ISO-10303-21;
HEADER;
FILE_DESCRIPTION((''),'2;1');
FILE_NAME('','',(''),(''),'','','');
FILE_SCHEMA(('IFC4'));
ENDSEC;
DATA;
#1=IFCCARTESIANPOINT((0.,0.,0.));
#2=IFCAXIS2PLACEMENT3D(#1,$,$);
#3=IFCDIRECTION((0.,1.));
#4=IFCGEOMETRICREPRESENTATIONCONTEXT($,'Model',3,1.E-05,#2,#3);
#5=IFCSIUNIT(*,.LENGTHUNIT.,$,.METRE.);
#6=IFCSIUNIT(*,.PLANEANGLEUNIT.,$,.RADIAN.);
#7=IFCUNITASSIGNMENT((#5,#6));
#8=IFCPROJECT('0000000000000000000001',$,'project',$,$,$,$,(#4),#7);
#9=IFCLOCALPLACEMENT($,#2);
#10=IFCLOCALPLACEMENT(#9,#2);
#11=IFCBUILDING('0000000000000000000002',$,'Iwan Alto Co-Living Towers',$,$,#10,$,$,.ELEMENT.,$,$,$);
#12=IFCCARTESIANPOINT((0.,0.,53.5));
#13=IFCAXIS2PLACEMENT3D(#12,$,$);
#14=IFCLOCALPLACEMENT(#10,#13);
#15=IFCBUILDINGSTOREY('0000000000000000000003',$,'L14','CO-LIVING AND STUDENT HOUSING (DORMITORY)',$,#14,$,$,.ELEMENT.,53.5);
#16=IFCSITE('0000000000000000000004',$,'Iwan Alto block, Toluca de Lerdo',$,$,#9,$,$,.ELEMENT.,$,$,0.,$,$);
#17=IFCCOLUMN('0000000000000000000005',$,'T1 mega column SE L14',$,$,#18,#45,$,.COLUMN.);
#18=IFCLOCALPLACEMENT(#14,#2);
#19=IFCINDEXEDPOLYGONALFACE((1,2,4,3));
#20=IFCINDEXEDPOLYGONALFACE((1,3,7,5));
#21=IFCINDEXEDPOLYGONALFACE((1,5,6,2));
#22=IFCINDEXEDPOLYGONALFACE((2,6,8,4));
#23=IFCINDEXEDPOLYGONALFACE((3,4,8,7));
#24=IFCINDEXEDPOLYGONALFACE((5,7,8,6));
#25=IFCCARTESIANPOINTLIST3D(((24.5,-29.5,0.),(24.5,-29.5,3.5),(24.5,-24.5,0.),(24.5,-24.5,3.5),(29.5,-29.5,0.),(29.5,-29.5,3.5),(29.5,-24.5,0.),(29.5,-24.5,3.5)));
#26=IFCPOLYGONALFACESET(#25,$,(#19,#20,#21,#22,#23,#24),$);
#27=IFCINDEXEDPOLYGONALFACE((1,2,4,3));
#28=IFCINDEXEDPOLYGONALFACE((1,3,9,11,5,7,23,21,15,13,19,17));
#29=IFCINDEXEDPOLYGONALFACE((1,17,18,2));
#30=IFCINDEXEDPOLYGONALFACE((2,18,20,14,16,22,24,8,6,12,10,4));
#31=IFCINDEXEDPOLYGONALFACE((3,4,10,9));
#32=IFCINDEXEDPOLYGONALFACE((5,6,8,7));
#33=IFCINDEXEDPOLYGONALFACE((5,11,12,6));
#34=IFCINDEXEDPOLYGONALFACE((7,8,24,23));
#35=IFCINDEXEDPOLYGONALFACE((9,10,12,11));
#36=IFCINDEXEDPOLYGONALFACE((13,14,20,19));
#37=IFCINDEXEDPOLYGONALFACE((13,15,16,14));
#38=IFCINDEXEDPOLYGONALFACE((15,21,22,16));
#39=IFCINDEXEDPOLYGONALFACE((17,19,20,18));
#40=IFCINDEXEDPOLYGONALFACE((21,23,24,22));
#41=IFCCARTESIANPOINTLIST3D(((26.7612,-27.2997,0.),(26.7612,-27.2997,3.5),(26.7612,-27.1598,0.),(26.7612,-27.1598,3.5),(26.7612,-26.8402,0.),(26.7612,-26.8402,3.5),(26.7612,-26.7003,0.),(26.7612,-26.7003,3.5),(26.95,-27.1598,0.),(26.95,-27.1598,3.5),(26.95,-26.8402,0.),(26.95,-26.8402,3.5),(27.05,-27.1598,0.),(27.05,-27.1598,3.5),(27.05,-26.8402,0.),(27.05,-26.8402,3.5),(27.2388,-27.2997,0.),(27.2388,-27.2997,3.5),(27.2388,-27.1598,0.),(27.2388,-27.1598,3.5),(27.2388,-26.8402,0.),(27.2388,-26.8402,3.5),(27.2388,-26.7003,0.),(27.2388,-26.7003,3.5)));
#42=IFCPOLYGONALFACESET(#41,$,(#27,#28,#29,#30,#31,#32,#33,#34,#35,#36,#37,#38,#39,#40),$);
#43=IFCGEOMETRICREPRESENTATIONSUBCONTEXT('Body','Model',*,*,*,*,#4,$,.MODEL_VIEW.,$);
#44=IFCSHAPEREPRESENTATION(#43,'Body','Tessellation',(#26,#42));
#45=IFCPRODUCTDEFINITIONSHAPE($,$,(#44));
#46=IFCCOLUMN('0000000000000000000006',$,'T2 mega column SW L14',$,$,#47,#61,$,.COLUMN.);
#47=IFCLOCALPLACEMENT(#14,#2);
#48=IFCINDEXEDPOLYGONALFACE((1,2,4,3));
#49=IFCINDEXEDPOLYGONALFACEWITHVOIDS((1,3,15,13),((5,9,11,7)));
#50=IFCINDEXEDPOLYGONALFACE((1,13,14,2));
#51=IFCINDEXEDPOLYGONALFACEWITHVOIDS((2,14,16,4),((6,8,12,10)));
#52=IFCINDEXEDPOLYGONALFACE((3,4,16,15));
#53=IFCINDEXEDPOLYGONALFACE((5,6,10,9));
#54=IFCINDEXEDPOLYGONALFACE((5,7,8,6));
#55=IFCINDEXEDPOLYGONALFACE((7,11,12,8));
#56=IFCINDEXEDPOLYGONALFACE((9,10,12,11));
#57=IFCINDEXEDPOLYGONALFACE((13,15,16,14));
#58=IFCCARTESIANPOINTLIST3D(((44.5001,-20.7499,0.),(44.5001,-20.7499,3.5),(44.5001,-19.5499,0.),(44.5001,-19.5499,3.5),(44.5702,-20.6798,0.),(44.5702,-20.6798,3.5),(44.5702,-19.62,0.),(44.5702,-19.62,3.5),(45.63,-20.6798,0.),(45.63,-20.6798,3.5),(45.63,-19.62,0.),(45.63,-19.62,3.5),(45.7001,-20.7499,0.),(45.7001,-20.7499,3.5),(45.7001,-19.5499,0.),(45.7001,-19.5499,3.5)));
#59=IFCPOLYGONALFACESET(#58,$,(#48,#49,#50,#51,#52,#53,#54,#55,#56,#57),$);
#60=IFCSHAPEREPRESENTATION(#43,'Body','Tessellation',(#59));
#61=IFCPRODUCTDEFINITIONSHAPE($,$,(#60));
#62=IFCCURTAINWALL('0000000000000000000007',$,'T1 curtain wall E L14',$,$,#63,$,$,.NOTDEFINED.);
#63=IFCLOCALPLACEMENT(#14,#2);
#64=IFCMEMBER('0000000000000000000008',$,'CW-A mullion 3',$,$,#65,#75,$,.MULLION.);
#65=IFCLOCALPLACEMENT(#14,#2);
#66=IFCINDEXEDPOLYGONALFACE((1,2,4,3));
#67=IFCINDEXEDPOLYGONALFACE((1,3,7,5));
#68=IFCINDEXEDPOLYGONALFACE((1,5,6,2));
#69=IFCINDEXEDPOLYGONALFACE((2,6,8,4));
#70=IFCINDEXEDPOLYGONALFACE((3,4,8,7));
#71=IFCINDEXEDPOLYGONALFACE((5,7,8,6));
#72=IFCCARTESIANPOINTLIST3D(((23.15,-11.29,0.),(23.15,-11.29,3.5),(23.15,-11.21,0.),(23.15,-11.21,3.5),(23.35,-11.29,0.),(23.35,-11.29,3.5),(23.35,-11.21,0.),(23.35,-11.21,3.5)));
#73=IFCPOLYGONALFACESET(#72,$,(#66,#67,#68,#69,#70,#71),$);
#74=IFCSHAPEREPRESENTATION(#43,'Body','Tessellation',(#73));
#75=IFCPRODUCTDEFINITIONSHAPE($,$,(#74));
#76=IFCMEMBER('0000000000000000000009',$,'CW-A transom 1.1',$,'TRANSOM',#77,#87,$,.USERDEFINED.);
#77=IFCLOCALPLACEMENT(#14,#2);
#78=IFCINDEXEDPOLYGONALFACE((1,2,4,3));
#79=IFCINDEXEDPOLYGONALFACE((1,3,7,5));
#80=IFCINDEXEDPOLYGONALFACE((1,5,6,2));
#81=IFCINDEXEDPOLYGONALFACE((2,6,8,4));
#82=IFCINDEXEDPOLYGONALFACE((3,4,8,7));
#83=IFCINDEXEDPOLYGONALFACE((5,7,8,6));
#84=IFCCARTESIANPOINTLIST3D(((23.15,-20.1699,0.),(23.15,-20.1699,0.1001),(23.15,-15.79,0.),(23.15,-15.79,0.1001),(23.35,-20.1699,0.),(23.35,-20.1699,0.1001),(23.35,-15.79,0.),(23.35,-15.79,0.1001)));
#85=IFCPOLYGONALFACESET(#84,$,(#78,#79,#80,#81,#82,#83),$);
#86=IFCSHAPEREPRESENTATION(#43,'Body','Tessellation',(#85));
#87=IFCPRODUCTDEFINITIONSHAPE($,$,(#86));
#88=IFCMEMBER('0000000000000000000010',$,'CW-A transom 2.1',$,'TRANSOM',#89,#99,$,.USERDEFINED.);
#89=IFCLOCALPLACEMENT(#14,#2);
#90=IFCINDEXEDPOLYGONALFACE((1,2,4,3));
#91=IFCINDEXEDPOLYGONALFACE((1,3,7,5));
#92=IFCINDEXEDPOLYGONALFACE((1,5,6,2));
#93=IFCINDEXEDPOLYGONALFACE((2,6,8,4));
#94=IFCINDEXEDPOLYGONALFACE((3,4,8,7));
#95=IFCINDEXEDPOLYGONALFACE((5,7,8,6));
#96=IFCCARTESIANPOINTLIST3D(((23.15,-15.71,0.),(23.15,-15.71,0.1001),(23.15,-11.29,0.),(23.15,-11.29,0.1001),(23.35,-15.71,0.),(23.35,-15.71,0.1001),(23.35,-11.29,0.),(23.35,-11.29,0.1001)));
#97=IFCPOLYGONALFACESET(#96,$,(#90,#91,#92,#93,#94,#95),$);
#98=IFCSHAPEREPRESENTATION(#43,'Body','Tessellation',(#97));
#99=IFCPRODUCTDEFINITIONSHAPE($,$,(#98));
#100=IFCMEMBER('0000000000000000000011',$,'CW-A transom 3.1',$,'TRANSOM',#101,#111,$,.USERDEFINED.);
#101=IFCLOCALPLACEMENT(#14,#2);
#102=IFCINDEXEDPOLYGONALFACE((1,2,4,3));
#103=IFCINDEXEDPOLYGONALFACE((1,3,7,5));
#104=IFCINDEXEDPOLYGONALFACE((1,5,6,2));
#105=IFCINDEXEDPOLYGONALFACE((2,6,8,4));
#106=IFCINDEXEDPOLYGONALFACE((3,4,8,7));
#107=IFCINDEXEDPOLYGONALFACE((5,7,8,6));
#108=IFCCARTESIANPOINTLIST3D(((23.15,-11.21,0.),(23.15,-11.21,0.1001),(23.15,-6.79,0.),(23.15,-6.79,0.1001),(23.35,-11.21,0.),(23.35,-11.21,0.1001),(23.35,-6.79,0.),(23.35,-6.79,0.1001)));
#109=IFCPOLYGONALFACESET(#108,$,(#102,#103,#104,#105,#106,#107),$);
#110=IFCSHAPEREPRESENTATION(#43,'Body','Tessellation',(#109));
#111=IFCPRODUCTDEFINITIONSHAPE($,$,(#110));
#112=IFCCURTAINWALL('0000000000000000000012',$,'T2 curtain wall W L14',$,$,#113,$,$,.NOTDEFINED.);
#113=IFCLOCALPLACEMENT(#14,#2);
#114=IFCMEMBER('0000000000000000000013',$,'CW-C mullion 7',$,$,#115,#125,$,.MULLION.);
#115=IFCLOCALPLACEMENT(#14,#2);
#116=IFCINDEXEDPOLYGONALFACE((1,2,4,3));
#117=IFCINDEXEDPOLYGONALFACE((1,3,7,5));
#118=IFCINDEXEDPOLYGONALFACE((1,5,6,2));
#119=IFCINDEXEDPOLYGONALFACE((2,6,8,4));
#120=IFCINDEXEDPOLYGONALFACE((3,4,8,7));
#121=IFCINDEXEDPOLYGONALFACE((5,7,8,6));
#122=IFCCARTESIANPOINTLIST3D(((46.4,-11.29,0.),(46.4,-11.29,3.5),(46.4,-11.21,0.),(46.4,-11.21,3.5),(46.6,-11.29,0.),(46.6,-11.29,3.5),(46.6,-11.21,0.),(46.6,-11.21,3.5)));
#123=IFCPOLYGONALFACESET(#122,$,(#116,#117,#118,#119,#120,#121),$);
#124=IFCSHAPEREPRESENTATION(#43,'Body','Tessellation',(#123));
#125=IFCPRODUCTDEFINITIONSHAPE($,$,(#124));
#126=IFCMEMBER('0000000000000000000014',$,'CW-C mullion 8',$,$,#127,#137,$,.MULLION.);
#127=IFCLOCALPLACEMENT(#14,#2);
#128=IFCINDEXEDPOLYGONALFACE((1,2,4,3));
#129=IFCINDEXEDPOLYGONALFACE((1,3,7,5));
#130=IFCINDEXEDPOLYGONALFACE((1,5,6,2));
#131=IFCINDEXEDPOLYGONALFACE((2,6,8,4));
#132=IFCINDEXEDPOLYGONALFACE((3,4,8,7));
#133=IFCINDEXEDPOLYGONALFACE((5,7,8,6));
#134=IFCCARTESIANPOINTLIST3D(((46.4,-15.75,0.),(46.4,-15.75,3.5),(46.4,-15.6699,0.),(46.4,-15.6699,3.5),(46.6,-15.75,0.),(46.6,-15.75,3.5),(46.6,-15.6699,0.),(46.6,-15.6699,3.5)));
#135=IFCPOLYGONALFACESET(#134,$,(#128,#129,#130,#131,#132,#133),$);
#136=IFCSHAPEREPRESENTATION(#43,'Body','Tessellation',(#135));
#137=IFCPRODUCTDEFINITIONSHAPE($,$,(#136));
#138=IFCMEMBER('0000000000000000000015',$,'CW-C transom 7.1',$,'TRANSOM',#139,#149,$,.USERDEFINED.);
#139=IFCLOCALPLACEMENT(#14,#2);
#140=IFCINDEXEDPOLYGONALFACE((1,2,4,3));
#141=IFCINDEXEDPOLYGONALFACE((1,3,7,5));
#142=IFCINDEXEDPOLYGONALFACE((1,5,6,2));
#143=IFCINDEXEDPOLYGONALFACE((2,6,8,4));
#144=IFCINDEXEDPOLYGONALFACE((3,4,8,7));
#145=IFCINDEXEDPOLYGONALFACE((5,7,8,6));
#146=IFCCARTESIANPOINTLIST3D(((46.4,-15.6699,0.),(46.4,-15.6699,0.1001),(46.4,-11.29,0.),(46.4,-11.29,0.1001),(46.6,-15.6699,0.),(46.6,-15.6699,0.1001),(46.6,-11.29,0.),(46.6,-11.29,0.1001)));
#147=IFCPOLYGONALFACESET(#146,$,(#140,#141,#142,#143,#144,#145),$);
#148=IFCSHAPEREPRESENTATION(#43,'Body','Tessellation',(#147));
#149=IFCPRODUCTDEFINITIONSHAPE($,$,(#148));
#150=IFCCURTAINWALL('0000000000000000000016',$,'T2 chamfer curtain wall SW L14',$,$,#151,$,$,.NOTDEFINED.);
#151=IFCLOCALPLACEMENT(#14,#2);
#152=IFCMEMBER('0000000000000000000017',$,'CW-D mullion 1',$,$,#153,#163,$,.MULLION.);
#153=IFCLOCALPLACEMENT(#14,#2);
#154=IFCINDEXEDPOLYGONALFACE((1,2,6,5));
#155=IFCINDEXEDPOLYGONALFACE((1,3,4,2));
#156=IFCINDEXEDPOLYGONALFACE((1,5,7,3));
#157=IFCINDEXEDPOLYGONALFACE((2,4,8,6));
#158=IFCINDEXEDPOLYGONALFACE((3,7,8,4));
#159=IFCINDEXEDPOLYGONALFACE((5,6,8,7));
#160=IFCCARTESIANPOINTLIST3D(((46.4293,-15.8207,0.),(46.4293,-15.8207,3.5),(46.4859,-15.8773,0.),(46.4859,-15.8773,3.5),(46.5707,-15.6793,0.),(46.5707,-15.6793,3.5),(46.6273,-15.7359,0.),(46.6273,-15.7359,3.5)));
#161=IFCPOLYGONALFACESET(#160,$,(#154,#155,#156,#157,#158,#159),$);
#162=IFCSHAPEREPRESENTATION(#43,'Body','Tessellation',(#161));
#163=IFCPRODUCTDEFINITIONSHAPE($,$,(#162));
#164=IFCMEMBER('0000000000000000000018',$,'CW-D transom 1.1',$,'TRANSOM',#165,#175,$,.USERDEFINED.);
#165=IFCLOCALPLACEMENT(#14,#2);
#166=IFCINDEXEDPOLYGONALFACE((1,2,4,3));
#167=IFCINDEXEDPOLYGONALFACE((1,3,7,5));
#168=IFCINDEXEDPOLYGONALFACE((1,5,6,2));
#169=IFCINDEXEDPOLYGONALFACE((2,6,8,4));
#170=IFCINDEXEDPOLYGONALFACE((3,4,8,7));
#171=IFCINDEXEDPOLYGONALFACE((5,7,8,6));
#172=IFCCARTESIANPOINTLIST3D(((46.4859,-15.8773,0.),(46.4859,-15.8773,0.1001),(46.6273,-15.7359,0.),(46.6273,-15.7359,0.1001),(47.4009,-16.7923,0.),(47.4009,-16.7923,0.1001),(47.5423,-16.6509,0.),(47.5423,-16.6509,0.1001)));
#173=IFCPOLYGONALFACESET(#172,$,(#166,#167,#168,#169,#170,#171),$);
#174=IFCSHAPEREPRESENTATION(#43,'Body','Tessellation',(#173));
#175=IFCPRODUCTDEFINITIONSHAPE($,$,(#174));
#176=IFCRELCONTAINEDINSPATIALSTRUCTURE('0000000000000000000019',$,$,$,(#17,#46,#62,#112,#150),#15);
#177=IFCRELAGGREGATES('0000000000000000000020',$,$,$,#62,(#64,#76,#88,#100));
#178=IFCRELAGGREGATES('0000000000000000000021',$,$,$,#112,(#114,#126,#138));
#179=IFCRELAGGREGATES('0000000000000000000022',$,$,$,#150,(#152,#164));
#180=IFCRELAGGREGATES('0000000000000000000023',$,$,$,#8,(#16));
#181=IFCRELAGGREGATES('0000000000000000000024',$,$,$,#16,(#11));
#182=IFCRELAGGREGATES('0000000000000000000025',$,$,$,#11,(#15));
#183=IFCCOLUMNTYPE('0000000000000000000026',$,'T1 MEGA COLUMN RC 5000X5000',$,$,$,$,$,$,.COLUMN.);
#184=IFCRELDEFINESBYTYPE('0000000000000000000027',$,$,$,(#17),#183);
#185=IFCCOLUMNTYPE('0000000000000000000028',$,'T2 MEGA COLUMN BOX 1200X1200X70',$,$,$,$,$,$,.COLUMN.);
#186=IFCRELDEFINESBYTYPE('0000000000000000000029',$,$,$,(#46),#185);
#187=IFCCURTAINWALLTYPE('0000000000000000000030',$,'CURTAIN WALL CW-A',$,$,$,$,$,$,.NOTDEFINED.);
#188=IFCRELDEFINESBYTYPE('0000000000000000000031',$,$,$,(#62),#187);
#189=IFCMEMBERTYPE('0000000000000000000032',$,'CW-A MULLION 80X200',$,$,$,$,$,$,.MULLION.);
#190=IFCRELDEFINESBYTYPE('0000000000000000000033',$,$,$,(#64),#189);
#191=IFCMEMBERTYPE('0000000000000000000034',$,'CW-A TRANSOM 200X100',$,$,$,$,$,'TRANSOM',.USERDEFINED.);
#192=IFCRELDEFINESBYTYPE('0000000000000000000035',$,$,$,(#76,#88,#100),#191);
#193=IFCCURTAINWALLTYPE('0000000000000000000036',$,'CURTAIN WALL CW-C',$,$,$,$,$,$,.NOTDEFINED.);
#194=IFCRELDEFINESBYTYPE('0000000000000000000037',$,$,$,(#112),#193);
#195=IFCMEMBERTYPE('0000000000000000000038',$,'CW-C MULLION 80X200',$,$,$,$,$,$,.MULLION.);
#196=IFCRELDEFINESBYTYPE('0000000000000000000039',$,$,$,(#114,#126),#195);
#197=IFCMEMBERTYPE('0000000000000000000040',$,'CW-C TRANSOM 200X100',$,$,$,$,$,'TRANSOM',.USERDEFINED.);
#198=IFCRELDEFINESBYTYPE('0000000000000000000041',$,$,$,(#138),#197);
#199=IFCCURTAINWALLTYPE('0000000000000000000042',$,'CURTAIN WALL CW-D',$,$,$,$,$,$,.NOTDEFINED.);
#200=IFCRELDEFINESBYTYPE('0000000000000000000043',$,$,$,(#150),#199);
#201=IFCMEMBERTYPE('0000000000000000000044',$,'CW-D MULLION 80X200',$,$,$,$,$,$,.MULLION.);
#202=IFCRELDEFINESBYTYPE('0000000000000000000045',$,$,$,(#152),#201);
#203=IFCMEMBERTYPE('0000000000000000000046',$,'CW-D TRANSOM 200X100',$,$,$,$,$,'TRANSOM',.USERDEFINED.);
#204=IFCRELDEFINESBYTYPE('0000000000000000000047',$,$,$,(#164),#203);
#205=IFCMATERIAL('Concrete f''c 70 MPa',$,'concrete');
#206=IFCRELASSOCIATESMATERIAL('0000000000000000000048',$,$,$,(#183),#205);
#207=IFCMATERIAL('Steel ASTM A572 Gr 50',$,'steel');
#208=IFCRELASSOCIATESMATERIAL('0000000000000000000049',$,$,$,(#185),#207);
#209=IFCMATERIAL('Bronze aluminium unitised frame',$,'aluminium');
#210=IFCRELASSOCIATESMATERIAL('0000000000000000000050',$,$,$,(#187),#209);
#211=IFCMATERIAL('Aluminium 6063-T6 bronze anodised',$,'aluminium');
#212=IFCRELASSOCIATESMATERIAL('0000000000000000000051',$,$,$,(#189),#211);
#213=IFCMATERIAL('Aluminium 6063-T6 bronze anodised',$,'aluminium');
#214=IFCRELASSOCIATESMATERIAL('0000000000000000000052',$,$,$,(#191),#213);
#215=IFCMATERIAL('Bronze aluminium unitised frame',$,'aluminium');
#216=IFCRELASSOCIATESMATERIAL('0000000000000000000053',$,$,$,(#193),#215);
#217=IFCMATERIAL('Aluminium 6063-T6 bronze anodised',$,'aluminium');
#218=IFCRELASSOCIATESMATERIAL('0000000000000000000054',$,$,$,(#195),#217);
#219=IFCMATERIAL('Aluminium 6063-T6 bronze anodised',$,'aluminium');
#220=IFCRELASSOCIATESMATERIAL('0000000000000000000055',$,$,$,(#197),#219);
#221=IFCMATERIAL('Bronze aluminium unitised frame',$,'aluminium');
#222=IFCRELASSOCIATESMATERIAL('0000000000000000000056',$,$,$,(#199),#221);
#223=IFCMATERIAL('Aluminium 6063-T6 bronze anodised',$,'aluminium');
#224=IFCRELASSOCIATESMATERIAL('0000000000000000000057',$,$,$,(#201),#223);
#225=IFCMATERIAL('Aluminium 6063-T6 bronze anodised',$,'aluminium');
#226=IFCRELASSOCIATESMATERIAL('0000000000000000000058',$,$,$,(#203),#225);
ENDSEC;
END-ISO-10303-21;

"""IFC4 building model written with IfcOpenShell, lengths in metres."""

from ifc_helpers import new_model, si_unit, direction, frame, origin, origin_2d, place, context, subcontext, project, spatial, rectangle, hollow_rectangle, i_section, extrude, material, material_profile, profile_set, type_object, element, aggregate, save


model = new_model("IFC4")

# Units and contexts
model_context = context("Model", 3, precision=1e-05, world=origin(), true_north=direction((0.0, 1.0)))
body_context = subcontext(model_context, "Body", "Model", "MODEL_VIEW")
ifc_project = project(units=[si_unit("LENGTHUNIT", "METRE"), si_unit("PLANEANGLEUNIT", "RADIAN")], contexts=[model_context])

# Site, building, storey
site_placement = place(None, origin())
site = spatial("IfcSite", under=ifc_project, at=site_placement, Name="Iwan Alto block, Toluca de Lerdo", CompositionType="ELEMENT", RefElevation=0.0)
building_placement = place(site_placement, origin())
building = spatial("IfcBuilding", under=site, at=building_placement, Name="Iwan Alto Co-Living Towers", CompositionType="ELEMENT")
storey_placement = place(building_placement, frame((0.0, 0.0, 53.5)))
storey = spatial("IfcBuildingStorey", under=building, at=storey_placement, Name="L14", Description="CO-LIVING AND STUDENT HOUSING (DORMITORY)", CompositionType="ELEMENT", Elevation=53.5)

# Columns
ifc_material_1 = material(Name="Concrete f'c 70 MPa", Category="concrete")
ifc_material_profile_1 = material_profile(ifc_material_1, rectangle(XDim=5.0, YDim=5.0, at=origin_2d()), Name="RC 5000X5000")
ifc_profile_set_1 = profile_set([ifc_material_profile_1], Name="Concrete f'c 70 MPa")
column_type_1 = type_object("IfcColumnType", Name="T1 MEGA COLUMN RC 5000X5000", PredefinedType="COLUMN", material=ifc_profile_set_1)
column_1_placement = place(storey_placement, frame((27.0, -27.0, 0.0), z_axis=(0.0, 0.0, 1.0), x_axis=(1.0, 0.0, 0.0)))
element("IfcColumn", 1, at=column_1_placement, inside=storey, type_object=column_type_1, Name="T1 mega column SE L14", PredefinedType="COLUMN", context=body_context, shape_type="SweptSolid", body=[
    extrude(rectangle(XDim=5.0, YDim=5.0, at=origin_2d()), origin(), (0.0, 0.0, 1.0), 3.5),
    extrude(i_section(OverallWidth=0.4775, OverallDepth=0.5994, WebThickness=0.1001, FlangeThickness=0.1399, at=origin_2d()), origin(), (0.0, 0.0, 1.0), 3.5),
])
ifc_material_2 = material(Name="Steel ASTM A572 Gr 50", Category="steel")
ifc_material_profile_2 = material_profile(ifc_material_2, hollow_rectangle(XDim=1.2, YDim=1.2, WallThickness=0.0701, at=origin_2d()), Name="BOX 1200X1200X70")
ifc_profile_set_2 = profile_set([ifc_material_profile_2], Name="Steel ASTM A572 Gr 50")
column_type_2 = type_object("IfcColumnType", Name="T2 MEGA COLUMN BOX 1200X1200X70", PredefinedType="COLUMN", material=ifc_profile_set_2)
column_2_placement = place(storey_placement, frame((45.1001, -20.1499, 0.0), z_axis=(0.0, 0.0, 1.0), x_axis=(1.0, 0.0, 0.0)))
element("IfcColumn", 2, at=column_2_placement, inside=storey, type_object=column_type_2, Name="T2 mega column SW L14", PredefinedType="COLUMN", context=body_context, shape_type="SweptSolid", body=[
    extrude(hollow_rectangle(XDim=1.2, YDim=1.2, WallThickness=0.0701, at=origin_2d()), origin(), (0.0, 0.0, 1.0), 3.5),
])

# Curtain walls, members
ifc_material_3 = material(Name="Bronze aluminium unitised frame", Category="aluminium")
curtain_wall_type_1 = type_object("IfcCurtainWallType", Name="CURTAIN WALL CW-A", PredefinedType="NOTDEFINED", material=ifc_material_3)
curtain_wall_1_placement = place(storey_placement, origin())
curtain_wall_1 = element("IfcCurtainWall", 3, at=curtain_wall_1_placement, inside=storey, type_object=curtain_wall_type_1, Name="T1 curtain wall E L14", PredefinedType="NOTDEFINED")
ifc_material_4 = material(Name="Aluminium 6063-T6 bronze anodised", Category="aluminium")
ifc_material_profile_3 = material_profile(ifc_material_4, rectangle(XDim=0.2, YDim=0.0801, at=origin_2d()), Name="AL 80X200")
ifc_profile_set_3 = profile_set([ifc_material_profile_3], Name="Aluminium 6063-T6 bronze anodised")
member_type_1 = type_object("IfcMemberType", Name="CW-A MULLION 80X200", PredefinedType="MULLION", material=ifc_profile_set_3)
member_1_placement = place(storey_placement, frame((23.25, -11.25, 0.0), z_axis=(0.0, 0.0, 1.0), x_axis=(-1.0, 0.0, 0.0)))
member_1 = element("IfcMember", 4, at=member_1_placement, type_object=member_type_1, Name="CW-A mullion 3", PredefinedType="MULLION", context=body_context, shape_type="SweptSolid", body=[
    extrude(rectangle(XDim=0.2, YDim=0.0801, at=origin_2d()), origin(), (0.0, 0.0, 1.0), 3.5),
])
ifc_material_5 = material(Name="Aluminium 6063-T6 bronze anodised", Category="aluminium")
ifc_material_profile_4 = material_profile(ifc_material_5, rectangle(XDim=0.2, YDim=0.1001, at=origin_2d()), Name="AL 200X100")
ifc_profile_set_4 = profile_set([ifc_material_profile_4], Name="Aluminium 6063-T6 bronze anodised")
member_type_2 = type_object("IfcMemberType", Name="CW-A TRANSOM 200X100", ElementType="TRANSOM", PredefinedType="USERDEFINED", material=ifc_profile_set_4)
member_2_placement = place(storey_placement, frame((23.25, -20.1699, 0.05), z_axis=(0.0, 1.0, 0.0), x_axis=(-1.0, 0.0, 0.0)))
member_2 = element("IfcMember", 5, at=member_2_placement, type_object=member_type_2, Name="CW-A transom 1.1", ObjectType="TRANSOM", PredefinedType="USERDEFINED", context=body_context, shape_type="SweptSolid", body=[
    extrude(rectangle(XDim=0.2, YDim=0.1001, at=origin_2d()), origin(), (0.0, 0.0, 1.0), 4.3799),
])
member_3_placement = place(storey_placement, frame((23.25, -15.71, 0.05), z_axis=(0.0, 1.0, 0.0), x_axis=(-1.0, 0.0, 0.0)))
member_3 = element("IfcMember", 6, at=member_3_placement, type_object=member_type_2, Name="CW-A transom 2.1", ObjectType="TRANSOM", PredefinedType="USERDEFINED", context=body_context, shape_type="SweptSolid", body=[
    extrude(rectangle(XDim=0.2, YDim=0.1001, at=origin_2d()), origin(), (0.0, 0.0, 1.0), 4.4199),
])
member_4_placement = place(storey_placement, frame((23.25, -11.21, 0.05), z_axis=(0.0, 1.0, 0.0), x_axis=(-1.0, 0.0, 0.0)))
member_4 = element("IfcMember", 7, at=member_4_placement, type_object=member_type_2, Name="CW-A transom 3.1", ObjectType="TRANSOM", PredefinedType="USERDEFINED", context=body_context, shape_type="SweptSolid", body=[
    extrude(rectangle(XDim=0.2, YDim=0.1001, at=origin_2d()), origin(), (0.0, 0.0, 1.0), 4.4199),
])
ifc_material_6 = material(Name="Bronze aluminium unitised frame", Category="aluminium")
curtain_wall_type_2 = type_object("IfcCurtainWallType", Name="CURTAIN WALL CW-C", PredefinedType="NOTDEFINED", material=ifc_material_6)
curtain_wall_2_placement = place(storey_placement, origin())
curtain_wall_2 = element("IfcCurtainWall", 8, at=curtain_wall_2_placement, inside=storey, type_object=curtain_wall_type_2, Name="T2 curtain wall W L14", PredefinedType="NOTDEFINED")
ifc_material_7 = material(Name="Aluminium 6063-T6 bronze anodised", Category="aluminium")
ifc_material_profile_5 = material_profile(ifc_material_7, rectangle(XDim=0.2, YDim=0.0801, at=origin_2d()), Name="AL 80X200")
ifc_profile_set_5 = profile_set([ifc_material_profile_5], Name="Aluminium 6063-T6 bronze anodised")
member_type_3 = type_object("IfcMemberType", Name="CW-C MULLION 80X200", PredefinedType="MULLION", material=ifc_profile_set_5)
member_5_placement = place(storey_placement, frame((46.5, -11.25, 0.0), z_axis=(0.0, 0.0, 1.0), x_axis=(1.0, 0.0, 0.0)))
member_5 = element("IfcMember", 9, at=member_5_placement, type_object=member_type_3, Name="CW-C mullion 7", PredefinedType="MULLION", context=body_context, shape_type="SweptSolid", body=[
    extrude(rectangle(XDim=0.2, YDim=0.0801, at=origin_2d()), origin(), (0.0, 0.0, 1.0), 3.5),
])
member_6_placement = place(storey_placement, frame((46.5, -15.71, 0.0), z_axis=(0.0, 0.0, 1.0), x_axis=(1.0, 0.0, 0.0)))
member_6 = element("IfcMember", 10, at=member_6_placement, type_object=member_type_3, Name="CW-C mullion 8", PredefinedType="MULLION", context=body_context, shape_type="SweptSolid", body=[
    extrude(rectangle(XDim=0.2, YDim=0.0801, at=origin_2d()), origin(), (0.0, 0.0, 1.0), 3.5),
])
ifc_material_8 = material(Name="Aluminium 6063-T6 bronze anodised", Category="aluminium")
ifc_material_profile_6 = material_profile(ifc_material_8, rectangle(XDim=0.2, YDim=0.1001, at=origin_2d()), Name="AL 200X100")
ifc_profile_set_6 = profile_set([ifc_material_profile_6], Name="Aluminium 6063-T6 bronze anodised")
member_type_4 = type_object("IfcMemberType", Name="CW-C TRANSOM 200X100", ElementType="TRANSOM", PredefinedType="USERDEFINED", material=ifc_profile_set_6)
member_7_placement = place(storey_placement, frame((46.5, -11.29, 0.05), z_axis=(0.0, -1.0, 0.0), x_axis=(1.0, 0.0, 0.0)))
member_7 = element("IfcMember", 11, at=member_7_placement, type_object=member_type_4, Name="CW-C transom 7.1", ObjectType="TRANSOM", PredefinedType="USERDEFINED", context=body_context, shape_type="SweptSolid", body=[
    extrude(rectangle(XDim=0.2, YDim=0.1001, at=origin_2d()), origin(), (0.0, 0.0, 1.0), 4.3799),
])
ifc_material_9 = material(Name="Bronze aluminium unitised frame", Category="aluminium")
curtain_wall_type_3 = type_object("IfcCurtainWallType", Name="CURTAIN WALL CW-D", PredefinedType="NOTDEFINED", material=ifc_material_9)
curtain_wall_3_placement = place(storey_placement, origin())
curtain_wall_3 = element("IfcCurtainWall", 12, at=curtain_wall_3_placement, inside=storey, type_object=curtain_wall_type_3, Name="T2 chamfer curtain wall SW L14", PredefinedType="NOTDEFINED")
ifc_material_10 = material(Name="Aluminium 6063-T6 bronze anodised", Category="aluminium")
ifc_material_profile_7 = material_profile(ifc_material_10, rectangle(XDim=0.2, YDim=0.0801, at=origin_2d()), Name="AL 80X200")
ifc_profile_set_7 = profile_set([ifc_material_profile_7], Name="Aluminium 6063-T6 bronze anodised")
member_type_5 = type_object("IfcMemberType", Name="CW-D MULLION 80X200", PredefinedType="MULLION", material=ifc_profile_set_7)
member_8_placement = place(storey_placement, frame((46.5283, -15.7783, 0.0), z_axis=(0.0, 0.0, 1.0), x_axis=(0.707107, 0.707107, 0.0)))
member_8 = element("IfcMember", 13, at=member_8_placement, type_object=member_type_5, Name="CW-D mullion 1", PredefinedType="MULLION", context=body_context, shape_type="SweptSolid", body=[
    extrude(rectangle(XDim=0.2, YDim=0.0801, at=origin_2d()), origin(), (0.0, 0.0, 1.0), 3.5),
])
ifc_material_11 = material(Name="Aluminium 6063-T6 bronze anodised", Category="aluminium")
ifc_material_profile_8 = material_profile(ifc_material_11, rectangle(XDim=0.2, YDim=0.1001, at=origin_2d()), Name="AL 200X100")
ifc_profile_set_8 = profile_set([ifc_material_profile_8], Name="Aluminium 6063-T6 bronze anodised")
member_type_6 = type_object("IfcMemberType", Name="CW-D TRANSOM 200X100", ElementType="TRANSOM", PredefinedType="USERDEFINED", material=ifc_profile_set_8)
member_9_placement = place(storey_placement, frame((46.5566, -15.8066, 0.05), z_axis=(0.707107, -0.707107, 0.0), x_axis=(0.707107, 0.707107, 0.0)))
member_9 = element("IfcMember", 14, at=member_9_placement, type_object=member_type_6, Name="CW-D transom 1.1", ObjectType="TRANSOM", PredefinedType="USERDEFINED", context=body_context, shape_type="SweptSolid", body=[
    extrude(rectangle(XDim=0.2, YDim=0.1001, at=origin_2d()), origin(), (0.0, 0.0, 1.0), 1.2939),
])

aggregate(curtain_wall_1, [member_1, member_2, member_3, member_4])
aggregate(curtain_wall_2, [member_5, member_6, member_7])
aggregate(curtain_wall_3, [member_8, member_9])

save(model, "model.ifc")
